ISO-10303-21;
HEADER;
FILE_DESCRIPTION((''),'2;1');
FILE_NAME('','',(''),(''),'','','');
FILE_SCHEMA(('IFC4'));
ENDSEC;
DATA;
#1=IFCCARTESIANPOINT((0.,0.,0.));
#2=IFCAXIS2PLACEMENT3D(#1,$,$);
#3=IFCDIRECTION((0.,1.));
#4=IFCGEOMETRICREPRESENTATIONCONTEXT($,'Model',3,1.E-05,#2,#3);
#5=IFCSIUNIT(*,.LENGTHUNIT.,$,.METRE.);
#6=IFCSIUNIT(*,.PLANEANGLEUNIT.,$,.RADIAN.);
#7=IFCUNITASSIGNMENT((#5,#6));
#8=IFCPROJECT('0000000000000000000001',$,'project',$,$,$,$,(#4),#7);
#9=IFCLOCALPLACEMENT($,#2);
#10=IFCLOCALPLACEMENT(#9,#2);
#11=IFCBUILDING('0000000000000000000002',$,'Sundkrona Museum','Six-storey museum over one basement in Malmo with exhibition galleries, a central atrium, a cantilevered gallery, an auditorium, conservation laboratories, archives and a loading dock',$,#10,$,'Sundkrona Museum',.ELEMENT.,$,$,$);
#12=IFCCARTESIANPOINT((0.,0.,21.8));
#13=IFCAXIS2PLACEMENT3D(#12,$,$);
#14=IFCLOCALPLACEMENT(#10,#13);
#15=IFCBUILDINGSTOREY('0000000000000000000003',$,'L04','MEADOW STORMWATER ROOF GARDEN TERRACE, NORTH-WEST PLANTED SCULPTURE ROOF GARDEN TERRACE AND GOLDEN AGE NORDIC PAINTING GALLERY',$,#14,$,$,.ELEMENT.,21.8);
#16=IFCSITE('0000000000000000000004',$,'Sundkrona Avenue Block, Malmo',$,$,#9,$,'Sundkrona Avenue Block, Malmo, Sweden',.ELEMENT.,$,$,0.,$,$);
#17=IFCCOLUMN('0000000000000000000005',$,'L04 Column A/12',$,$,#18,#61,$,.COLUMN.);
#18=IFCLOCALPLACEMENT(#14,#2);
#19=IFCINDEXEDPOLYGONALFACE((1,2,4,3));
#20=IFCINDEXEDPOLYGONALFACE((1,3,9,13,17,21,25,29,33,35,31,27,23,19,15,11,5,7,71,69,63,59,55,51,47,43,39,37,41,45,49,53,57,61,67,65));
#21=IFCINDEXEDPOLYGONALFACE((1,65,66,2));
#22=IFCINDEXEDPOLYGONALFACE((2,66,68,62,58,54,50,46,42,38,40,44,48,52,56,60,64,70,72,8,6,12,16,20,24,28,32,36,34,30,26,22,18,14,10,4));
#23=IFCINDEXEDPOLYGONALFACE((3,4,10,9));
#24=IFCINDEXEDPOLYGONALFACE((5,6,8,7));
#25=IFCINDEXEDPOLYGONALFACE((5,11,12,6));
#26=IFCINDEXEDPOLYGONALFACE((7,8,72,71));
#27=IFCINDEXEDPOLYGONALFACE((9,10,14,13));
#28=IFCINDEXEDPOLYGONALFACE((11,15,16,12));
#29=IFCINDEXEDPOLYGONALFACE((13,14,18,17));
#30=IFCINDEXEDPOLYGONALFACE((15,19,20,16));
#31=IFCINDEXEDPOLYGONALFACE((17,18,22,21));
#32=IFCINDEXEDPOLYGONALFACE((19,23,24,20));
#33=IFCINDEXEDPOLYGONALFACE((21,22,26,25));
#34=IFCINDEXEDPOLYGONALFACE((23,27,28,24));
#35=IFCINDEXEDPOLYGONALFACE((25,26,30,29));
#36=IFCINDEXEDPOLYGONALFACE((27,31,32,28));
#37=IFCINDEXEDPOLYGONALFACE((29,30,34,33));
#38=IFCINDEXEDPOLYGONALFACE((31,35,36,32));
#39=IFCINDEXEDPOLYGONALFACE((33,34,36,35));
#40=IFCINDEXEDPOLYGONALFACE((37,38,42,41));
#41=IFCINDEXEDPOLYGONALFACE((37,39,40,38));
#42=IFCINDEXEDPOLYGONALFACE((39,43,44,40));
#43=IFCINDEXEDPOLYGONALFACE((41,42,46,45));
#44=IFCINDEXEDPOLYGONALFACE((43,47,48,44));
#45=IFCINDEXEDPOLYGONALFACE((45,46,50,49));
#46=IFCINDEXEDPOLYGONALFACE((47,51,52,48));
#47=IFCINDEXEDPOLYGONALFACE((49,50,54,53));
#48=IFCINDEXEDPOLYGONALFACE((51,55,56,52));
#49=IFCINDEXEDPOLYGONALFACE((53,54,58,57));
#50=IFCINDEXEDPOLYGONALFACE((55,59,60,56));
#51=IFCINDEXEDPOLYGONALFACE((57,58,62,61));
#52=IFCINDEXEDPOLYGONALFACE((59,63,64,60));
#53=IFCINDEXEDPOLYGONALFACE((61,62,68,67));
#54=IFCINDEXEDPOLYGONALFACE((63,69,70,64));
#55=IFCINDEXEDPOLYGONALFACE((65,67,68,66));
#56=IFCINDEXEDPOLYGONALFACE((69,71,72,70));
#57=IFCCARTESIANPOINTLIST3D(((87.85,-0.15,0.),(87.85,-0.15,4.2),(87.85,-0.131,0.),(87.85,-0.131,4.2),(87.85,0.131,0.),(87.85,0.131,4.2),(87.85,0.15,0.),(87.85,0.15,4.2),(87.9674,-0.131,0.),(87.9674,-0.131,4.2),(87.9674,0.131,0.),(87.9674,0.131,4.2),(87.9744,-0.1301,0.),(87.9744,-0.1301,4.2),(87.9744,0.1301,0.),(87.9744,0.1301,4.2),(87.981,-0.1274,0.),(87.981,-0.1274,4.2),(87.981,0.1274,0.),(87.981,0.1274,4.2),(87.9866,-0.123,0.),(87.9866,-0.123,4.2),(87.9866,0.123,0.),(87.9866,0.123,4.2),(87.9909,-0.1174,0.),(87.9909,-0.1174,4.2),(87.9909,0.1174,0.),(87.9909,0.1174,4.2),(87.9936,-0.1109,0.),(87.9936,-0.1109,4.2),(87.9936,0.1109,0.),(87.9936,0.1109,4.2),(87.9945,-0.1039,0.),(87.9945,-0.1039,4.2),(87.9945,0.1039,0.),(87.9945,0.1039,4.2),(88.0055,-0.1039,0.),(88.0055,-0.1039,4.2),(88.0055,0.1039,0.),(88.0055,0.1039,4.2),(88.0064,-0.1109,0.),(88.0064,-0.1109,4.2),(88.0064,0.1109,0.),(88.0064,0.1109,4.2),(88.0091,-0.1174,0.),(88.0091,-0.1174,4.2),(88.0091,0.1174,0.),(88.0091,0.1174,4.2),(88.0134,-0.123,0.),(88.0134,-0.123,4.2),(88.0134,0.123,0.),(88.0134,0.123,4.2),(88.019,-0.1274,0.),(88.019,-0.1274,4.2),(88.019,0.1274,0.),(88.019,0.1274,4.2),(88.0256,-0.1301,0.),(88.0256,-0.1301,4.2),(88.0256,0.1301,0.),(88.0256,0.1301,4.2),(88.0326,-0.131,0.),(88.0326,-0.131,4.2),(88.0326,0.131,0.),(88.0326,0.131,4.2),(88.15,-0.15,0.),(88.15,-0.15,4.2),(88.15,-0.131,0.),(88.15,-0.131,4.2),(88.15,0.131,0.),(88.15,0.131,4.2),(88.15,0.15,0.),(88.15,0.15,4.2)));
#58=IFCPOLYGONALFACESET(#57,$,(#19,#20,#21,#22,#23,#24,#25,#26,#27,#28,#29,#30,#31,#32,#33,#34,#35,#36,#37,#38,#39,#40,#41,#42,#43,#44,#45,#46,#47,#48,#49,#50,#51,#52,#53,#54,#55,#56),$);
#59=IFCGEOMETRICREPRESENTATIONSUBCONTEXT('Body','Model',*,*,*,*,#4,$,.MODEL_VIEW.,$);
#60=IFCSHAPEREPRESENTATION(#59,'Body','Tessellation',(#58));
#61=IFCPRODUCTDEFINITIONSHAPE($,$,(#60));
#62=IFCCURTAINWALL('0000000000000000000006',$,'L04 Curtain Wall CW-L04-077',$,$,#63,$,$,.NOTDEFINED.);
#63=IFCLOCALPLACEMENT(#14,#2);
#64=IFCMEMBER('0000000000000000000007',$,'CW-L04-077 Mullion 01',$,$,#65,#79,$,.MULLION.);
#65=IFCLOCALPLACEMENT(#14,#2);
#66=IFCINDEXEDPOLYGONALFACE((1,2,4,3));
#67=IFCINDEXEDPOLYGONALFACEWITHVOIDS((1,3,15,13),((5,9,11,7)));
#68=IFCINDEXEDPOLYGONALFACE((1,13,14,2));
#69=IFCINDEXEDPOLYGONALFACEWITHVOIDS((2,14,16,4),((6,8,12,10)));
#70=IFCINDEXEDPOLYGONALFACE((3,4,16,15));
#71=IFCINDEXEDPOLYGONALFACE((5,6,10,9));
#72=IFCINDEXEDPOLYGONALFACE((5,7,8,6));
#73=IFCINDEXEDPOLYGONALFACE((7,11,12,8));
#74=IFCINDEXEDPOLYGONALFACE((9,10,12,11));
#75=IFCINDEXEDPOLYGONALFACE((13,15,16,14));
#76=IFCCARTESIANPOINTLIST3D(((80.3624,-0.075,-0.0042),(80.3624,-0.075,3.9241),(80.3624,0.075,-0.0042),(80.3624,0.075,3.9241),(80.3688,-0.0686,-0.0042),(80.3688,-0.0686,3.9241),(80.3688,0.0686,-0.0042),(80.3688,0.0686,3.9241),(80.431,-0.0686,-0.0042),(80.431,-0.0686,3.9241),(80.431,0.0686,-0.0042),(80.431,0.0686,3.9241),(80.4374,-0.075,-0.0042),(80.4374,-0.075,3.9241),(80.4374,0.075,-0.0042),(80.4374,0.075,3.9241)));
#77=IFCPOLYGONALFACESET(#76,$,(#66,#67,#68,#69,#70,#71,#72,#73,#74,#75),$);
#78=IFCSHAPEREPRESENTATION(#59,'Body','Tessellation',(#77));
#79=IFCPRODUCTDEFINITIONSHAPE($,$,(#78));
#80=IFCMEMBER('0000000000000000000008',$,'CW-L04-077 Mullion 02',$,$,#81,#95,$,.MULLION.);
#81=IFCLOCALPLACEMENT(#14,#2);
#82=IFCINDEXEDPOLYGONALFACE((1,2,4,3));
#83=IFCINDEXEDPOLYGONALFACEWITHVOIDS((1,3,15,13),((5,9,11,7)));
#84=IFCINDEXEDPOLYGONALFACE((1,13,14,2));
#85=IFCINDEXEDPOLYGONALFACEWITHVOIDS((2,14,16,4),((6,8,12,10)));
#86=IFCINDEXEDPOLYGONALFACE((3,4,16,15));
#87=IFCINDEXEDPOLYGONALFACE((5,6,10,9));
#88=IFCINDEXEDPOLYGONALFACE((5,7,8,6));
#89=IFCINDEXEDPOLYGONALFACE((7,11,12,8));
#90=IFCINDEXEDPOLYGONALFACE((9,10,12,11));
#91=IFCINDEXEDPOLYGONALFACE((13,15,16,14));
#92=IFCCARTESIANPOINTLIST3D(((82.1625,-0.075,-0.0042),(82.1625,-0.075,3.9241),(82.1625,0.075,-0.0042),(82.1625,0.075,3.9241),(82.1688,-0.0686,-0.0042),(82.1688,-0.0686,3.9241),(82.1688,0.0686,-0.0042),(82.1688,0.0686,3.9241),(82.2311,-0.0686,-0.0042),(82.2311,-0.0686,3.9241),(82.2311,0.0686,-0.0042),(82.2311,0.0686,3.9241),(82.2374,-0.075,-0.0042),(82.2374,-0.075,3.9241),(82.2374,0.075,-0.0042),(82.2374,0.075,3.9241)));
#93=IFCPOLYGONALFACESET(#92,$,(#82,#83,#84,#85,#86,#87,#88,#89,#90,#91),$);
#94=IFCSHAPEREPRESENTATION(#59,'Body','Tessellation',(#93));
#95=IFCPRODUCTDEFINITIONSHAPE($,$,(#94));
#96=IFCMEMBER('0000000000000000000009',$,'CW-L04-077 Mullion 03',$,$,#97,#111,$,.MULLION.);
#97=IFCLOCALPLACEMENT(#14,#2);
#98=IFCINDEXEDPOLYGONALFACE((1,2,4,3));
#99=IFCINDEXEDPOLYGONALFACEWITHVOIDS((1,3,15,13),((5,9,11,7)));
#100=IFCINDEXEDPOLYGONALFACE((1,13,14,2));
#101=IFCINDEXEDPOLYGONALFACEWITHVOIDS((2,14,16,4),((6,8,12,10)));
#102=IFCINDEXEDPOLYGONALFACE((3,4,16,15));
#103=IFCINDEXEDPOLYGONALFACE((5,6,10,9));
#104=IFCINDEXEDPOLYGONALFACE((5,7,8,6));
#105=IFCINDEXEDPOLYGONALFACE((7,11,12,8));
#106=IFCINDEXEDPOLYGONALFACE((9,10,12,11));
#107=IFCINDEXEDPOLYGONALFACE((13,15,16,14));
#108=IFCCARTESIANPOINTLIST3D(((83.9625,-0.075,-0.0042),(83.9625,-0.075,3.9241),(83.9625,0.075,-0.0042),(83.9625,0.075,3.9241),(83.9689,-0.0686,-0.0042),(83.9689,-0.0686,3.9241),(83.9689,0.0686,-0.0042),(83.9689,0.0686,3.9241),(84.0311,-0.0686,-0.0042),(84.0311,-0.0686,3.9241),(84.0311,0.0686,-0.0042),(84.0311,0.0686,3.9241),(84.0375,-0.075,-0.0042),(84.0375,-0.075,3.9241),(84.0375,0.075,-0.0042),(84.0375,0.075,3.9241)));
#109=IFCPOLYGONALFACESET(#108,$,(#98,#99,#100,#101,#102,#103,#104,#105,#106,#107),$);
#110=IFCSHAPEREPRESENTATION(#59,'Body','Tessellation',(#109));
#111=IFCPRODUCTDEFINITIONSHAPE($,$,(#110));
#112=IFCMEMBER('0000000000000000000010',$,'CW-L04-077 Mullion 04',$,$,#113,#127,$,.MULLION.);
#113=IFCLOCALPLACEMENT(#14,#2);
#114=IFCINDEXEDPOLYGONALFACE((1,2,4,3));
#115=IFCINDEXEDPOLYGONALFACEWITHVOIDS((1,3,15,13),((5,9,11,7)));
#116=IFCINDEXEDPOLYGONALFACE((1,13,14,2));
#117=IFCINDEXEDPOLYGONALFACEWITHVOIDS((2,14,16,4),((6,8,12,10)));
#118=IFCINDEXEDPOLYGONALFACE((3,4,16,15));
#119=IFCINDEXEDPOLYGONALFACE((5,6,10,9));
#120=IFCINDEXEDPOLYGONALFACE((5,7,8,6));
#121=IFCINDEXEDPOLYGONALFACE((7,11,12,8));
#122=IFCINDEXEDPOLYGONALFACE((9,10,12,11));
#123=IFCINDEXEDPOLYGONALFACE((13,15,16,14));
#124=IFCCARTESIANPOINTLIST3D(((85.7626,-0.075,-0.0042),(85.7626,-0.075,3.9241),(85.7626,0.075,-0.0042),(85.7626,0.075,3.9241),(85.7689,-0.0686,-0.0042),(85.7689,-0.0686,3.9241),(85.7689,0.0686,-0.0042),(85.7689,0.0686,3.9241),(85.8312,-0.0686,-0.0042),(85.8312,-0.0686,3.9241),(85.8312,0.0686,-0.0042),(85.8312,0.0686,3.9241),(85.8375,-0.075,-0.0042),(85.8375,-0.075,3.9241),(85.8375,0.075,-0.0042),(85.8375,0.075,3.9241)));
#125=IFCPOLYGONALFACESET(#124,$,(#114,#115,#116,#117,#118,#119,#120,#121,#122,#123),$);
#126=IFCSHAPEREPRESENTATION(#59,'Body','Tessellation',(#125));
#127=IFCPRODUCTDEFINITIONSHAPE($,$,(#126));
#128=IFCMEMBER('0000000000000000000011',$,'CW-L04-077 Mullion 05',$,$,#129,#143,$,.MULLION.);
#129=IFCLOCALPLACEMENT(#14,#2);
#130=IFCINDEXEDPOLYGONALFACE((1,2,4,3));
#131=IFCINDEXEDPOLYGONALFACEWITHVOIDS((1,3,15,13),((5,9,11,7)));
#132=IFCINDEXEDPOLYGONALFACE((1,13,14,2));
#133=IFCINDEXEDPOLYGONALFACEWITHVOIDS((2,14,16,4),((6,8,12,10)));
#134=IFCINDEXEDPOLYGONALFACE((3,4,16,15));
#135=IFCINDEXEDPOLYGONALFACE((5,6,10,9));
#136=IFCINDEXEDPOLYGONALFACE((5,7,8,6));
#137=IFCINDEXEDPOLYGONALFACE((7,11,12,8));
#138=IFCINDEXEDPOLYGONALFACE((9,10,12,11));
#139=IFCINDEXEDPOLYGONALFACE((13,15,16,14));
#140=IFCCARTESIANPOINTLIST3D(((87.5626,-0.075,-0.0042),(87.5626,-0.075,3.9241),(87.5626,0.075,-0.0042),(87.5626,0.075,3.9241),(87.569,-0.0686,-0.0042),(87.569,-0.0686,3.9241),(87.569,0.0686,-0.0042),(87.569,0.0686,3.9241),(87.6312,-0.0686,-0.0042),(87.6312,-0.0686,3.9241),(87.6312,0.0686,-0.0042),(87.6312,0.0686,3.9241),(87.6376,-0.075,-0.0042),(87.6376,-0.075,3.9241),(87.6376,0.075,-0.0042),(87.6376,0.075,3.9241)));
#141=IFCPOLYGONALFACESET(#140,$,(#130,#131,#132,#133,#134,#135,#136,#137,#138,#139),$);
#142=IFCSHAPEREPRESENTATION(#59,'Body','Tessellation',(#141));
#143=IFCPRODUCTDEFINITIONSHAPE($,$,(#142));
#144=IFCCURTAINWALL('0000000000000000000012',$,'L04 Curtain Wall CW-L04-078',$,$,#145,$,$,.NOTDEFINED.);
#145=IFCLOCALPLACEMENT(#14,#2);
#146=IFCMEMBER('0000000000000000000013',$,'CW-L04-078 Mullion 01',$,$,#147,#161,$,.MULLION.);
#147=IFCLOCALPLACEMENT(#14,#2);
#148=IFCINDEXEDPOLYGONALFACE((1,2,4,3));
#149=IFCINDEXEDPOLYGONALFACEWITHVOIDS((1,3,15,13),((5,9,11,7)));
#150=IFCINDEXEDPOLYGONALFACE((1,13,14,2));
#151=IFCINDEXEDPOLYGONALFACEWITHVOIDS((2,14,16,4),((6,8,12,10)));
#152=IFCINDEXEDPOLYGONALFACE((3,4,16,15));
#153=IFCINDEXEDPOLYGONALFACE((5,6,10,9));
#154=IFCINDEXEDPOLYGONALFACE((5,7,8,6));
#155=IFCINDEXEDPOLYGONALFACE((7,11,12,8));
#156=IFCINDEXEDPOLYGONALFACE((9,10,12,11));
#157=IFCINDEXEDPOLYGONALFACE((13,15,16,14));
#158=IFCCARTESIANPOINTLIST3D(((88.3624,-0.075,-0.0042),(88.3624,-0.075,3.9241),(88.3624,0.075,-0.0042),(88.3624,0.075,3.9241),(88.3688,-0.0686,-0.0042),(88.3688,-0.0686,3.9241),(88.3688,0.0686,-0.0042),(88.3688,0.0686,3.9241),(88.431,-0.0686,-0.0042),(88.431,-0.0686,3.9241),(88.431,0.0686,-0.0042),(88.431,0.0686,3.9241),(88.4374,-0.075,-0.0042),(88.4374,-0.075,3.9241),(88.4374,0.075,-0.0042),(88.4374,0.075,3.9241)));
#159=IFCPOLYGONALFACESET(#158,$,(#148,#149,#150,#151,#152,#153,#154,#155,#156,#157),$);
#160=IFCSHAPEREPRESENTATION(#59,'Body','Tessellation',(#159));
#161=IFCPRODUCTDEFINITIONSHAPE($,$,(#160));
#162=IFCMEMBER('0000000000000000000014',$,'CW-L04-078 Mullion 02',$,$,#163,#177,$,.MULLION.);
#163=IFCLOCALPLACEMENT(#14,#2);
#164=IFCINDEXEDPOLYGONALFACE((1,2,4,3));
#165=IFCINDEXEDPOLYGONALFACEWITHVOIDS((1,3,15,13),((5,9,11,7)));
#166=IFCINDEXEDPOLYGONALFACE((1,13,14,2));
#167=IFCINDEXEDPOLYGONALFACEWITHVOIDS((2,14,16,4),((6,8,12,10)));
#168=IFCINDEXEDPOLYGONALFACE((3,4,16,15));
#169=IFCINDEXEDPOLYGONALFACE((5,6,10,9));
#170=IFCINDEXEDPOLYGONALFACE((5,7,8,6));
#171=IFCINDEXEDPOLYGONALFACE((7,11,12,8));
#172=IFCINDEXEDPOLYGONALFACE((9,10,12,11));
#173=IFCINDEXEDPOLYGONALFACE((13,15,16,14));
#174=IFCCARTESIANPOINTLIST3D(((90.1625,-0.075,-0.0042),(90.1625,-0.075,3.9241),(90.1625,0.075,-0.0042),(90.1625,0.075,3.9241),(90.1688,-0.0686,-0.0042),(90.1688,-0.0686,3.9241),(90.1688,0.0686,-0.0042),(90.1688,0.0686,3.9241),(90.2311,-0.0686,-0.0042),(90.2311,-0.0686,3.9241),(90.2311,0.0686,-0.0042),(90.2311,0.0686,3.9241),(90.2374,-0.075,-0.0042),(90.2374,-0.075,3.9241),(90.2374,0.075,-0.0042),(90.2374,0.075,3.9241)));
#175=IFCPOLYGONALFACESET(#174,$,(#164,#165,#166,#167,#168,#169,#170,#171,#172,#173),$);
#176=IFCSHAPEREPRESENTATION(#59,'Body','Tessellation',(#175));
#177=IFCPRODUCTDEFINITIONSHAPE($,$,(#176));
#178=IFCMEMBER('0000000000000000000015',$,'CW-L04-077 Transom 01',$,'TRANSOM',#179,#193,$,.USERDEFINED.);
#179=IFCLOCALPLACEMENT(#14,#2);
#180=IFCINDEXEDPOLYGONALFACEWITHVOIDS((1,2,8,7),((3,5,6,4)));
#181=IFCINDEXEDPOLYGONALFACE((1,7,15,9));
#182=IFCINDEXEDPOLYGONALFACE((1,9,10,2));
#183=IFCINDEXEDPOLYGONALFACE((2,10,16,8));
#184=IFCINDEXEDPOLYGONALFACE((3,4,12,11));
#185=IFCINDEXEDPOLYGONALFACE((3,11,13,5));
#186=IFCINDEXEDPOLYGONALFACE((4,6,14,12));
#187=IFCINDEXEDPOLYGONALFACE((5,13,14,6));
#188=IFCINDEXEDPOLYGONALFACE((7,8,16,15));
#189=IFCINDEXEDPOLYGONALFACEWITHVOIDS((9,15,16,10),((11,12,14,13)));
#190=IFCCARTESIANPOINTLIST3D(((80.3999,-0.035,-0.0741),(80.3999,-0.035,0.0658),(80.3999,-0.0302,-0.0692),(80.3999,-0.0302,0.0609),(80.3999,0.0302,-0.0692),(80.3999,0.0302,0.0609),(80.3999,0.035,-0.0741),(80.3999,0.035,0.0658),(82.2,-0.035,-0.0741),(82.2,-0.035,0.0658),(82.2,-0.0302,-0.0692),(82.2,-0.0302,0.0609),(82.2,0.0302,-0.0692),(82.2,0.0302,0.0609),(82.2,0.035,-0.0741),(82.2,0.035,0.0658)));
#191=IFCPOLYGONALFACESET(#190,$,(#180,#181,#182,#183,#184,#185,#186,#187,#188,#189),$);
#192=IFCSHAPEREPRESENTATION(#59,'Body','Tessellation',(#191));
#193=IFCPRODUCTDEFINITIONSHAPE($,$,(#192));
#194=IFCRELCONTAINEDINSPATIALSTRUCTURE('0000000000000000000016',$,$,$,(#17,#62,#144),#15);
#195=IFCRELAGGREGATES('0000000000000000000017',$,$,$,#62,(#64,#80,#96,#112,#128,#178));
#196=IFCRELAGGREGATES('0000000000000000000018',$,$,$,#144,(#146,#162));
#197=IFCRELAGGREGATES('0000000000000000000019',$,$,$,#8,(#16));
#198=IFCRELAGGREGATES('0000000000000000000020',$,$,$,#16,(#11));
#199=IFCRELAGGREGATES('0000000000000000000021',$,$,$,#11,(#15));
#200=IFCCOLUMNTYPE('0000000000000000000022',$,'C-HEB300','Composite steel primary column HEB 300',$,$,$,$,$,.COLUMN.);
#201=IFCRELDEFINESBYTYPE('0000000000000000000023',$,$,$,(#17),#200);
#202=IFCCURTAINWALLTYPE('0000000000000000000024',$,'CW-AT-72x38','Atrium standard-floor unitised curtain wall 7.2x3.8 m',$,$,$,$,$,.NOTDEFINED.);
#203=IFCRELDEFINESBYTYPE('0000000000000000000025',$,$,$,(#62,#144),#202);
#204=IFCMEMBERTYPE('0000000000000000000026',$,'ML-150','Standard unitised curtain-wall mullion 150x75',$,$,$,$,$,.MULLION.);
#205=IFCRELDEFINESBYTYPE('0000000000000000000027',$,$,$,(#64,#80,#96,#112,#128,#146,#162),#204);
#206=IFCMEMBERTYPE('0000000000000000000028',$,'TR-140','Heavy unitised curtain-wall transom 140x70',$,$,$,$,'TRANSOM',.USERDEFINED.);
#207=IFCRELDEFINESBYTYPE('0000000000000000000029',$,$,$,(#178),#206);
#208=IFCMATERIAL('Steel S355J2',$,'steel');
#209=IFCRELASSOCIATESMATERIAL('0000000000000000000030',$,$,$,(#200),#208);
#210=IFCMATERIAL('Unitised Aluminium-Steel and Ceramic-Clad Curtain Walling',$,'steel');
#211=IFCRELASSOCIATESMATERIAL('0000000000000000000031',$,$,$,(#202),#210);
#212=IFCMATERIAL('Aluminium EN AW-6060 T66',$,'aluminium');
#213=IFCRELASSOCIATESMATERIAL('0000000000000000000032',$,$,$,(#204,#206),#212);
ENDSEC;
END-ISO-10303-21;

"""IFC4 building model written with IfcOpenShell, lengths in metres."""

from ifc_helpers import new_model, si_unit, direction, frame, origin, origin_2d, place, context, subcontext, project, spatial, hollow_rectangle, i_section, extrude, material, material_profile, profile_set, type_object, element, aggregate, save


model = new_model("IFC4")

# Units and contexts
model_context = context("Model", 3, precision=1e-05, world=origin(), true_north=direction((0.0, 1.0)))
body_context = subcontext(model_context, "Body", "Model", "MODEL_VIEW")
ifc_project = project(units=[si_unit("LENGTHUNIT", "METRE"), si_unit("PLANEANGLEUNIT", "RADIAN")], contexts=[model_context])

# Site, building, storey
site_placement = place(None, origin())
site = spatial("IfcSite", under=ifc_project, at=site_placement, Name="Sundkrona Avenue Block, Malmo", LongName="Sundkrona Avenue Block, Malmo, Sweden", CompositionType="ELEMENT", RefElevation=0.0)
building_placement = place(site_placement, origin())
building = spatial("IfcBuilding", under=site, at=building_placement, Name="Sundkrona Museum", Description="Six-storey museum over one basement in Malmo with exhibition galleries, a central atrium, a cantilevered gallery, an auditorium, conservation laboratories, archives and a loading dock", LongName="Sundkrona Museum", CompositionType="ELEMENT")
storey_placement = place(building_placement, frame((0.0, 0.0, 21.8)))
storey = spatial("IfcBuildingStorey", under=building, at=storey_placement, Name="L04", Description="MEADOW STORMWATER ROOF GARDEN TERRACE, NORTH-WEST PLANTED SCULPTURE ROOF GARDEN TERRACE AND GOLDEN AGE NORDIC PAINTING GALLERY", CompositionType="ELEMENT", Elevation=21.8)

# Column
ifc_material_1 = material(Name="Steel S355J2", Category="steel")
ifc_material_profile_1 = material_profile(ifc_material_1, i_section(OverallWidth=0.3, OverallDepth=0.3, WebThickness=0.011, FlangeThickness=0.019, FilletRadius=0.0271, at=origin_2d()), Name="HEB 300")
ifc_profile_set_1 = profile_set([ifc_material_profile_1], Name="Steel S355J2")
column_type = type_object("IfcColumnType", Name="C-HEB300", Description="Composite steel primary column HEB 300", PredefinedType="COLUMN", material=ifc_profile_set_1)
column_placement = place(storey_placement, frame((88.0, 0.0, 0.0), z_axis=(0.0, 0.0, 1.0), x_axis=(1.0, 0.0, 0.0)))
element("IfcColumn", 1, at=column_placement, inside=storey, type_object=column_type, Name="L04 Column A/12", PredefinedType="COLUMN", context=body_context, shape_type="SweptSolid", body=[
    extrude(i_section(OverallWidth=0.3, OverallDepth=0.3, WebThickness=0.011, FlangeThickness=0.019, FilletRadius=0.0271, at=origin_2d()), origin(), (0.0, 0.0, 1.0), 4.2),
])

# Curtain walls, members
ifc_material_2 = material(Name="Unitised Aluminium-Steel and Ceramic-Clad Curtain Walling", Category="steel")
curtain_wall_type = type_object("IfcCurtainWallType", Name="CW-AT-72x38", Description="Atrium standard-floor unitised curtain wall 7.2x3.8 m", PredefinedType="NOTDEFINED", material=ifc_material_2)
curtain_wall_1_placement = place(storey_placement, origin())
curtain_wall_1 = element("IfcCurtainWall", 2, at=curtain_wall_1_placement, inside=storey, type_object=curtain_wall_type, Name="L04 Curtain Wall CW-L04-077", PredefinedType="NOTDEFINED")
ifc_material_3 = material(Name="Aluminium EN AW-6060 T66", Category="aluminium")
ifc_material_profile_2 = material_profile(ifc_material_3, hollow_rectangle(XDim=0.075, YDim=0.1499, WallThickness=0.0063, at=origin_2d()), Name="RHS 150x75x6.3")
ifc_profile_set_2 = profile_set([ifc_material_profile_2], Name="Aluminium EN AW-6060 T66")
member_type_1 = type_object("IfcMemberType", Name="ML-150", Description="Standard unitised curtain-wall mullion 150x75", PredefinedType="MULLION", material=ifc_profile_set_2)
member_1_placement = place(storey_placement, frame((80.3999, 0.0, -0.0042), z_axis=(0.0, 0.0, 1.0), x_axis=(1.0, 0.0, 0.0)))
member_1 = element("IfcMember", 3, at=member_1_placement, type_object=member_type_1, Name="CW-L04-077 Mullion 01", PredefinedType="MULLION", context=body_context, shape_type="SweptSolid", body=[
    extrude(hollow_rectangle(XDim=0.075, YDim=0.1499, WallThickness=0.0063, at=origin_2d()), origin(), (0.0, 0.0, 1.0), 3.9282),
])
member_2_placement = place(storey_placement, frame((82.2, 0.0, -0.0042), z_axis=(0.0, 0.0, 1.0), x_axis=(1.0, 0.0, 0.0)))
member_2 = element("IfcMember", 4, at=member_2_placement, type_object=member_type_1, Name="CW-L04-077 Mullion 02", PredefinedType="MULLION", context=body_context, shape_type="SweptSolid", body=[
    extrude(hollow_rectangle(XDim=0.075, YDim=0.1499, WallThickness=0.0063, at=origin_2d()), origin(), (0.0, 0.0, 1.0), 3.9282),
])
member_3_placement = place(storey_placement, frame((84.0, 0.0, -0.0042), z_axis=(0.0, 0.0, 1.0), x_axis=(1.0, 0.0, 0.0)))
member_3 = element("IfcMember", 5, at=member_3_placement, type_object=member_type_1, Name="CW-L04-077 Mullion 03", PredefinedType="MULLION", context=body_context, shape_type="SweptSolid", body=[
    extrude(hollow_rectangle(XDim=0.075, YDim=0.1499, WallThickness=0.0063, at=origin_2d()), origin(), (0.0, 0.0, 1.0), 3.9282),
])
member_4_placement = place(storey_placement, frame((85.8, 0.0, -0.0042), z_axis=(0.0, 0.0, 1.0), x_axis=(1.0, 0.0, 0.0)))
member_4 = element("IfcMember", 6, at=member_4_placement, type_object=member_type_1, Name="CW-L04-077 Mullion 04", PredefinedType="MULLION", context=body_context, shape_type="SweptSolid", body=[
    extrude(hollow_rectangle(XDim=0.075, YDim=0.1499, WallThickness=0.0063, at=origin_2d()), origin(), (0.0, 0.0, 1.0), 3.9282),
])
member_5_placement = place(storey_placement, frame((87.6001, 0.0, -0.0042), z_axis=(0.0, 0.0, 1.0), x_axis=(1.0, 0.0, 0.0)))
member_5 = element("IfcMember", 7, at=member_5_placement, type_object=member_type_1, Name="CW-L04-077 Mullion 05", PredefinedType="MULLION", context=body_context, shape_type="SweptSolid", body=[
    extrude(hollow_rectangle(XDim=0.075, YDim=0.1499, WallThickness=0.0063, at=origin_2d()), origin(), (0.0, 0.0, 1.0), 3.9282),
])
curtain_wall_2_placement = place(storey_placement, origin())
curtain_wall_2 = element("IfcCurtainWall", 8, at=curtain_wall_2_placement, inside=storey, type_object=curtain_wall_type, Name="L04 Curtain Wall CW-L04-078", PredefinedType="NOTDEFINED")
member_6_placement = place(storey_placement, frame((88.3999, 0.0, -0.0042), z_axis=(0.0, 0.0, 1.0), x_axis=(1.0, 0.0, 0.0)))
member_6 = element("IfcMember", 9, at=member_6_placement, type_object=member_type_1, Name="CW-L04-078 Mullion 01", PredefinedType="MULLION", context=body_context, shape_type="SweptSolid", body=[
    extrude(hollow_rectangle(XDim=0.075, YDim=0.1499, WallThickness=0.0063, at=origin_2d()), origin(), (0.0, 0.0, 1.0), 3.9282),
])
member_7_placement = place(storey_placement, frame((90.2, 0.0, -0.0042), z_axis=(0.0, 0.0, 1.0), x_axis=(1.0, 0.0, 0.0)))
member_7 = element("IfcMember", 10, at=member_7_placement, type_object=member_type_1, Name="CW-L04-078 Mullion 02", PredefinedType="MULLION", context=body_context, shape_type="SweptSolid", body=[
    extrude(hollow_rectangle(XDim=0.075, YDim=0.1499, WallThickness=0.0063, at=origin_2d()), origin(), (0.0, 0.0, 1.0), 3.9282),
])

# Member
ifc_material_profile_3 = material_profile(ifc_material_3, hollow_rectangle(XDim=0.0701, YDim=0.1399, WallThickness=0.0049, at=origin_2d()), Name="RHS 140x70x5.0")
ifc_profile_set_3 = profile_set([ifc_material_profile_3], Name="Aluminium EN AW-6060 T66")
member_type_2 = type_object("IfcMemberType", Name="TR-140", Description="Heavy unitised curtain-wall transom 140x70", ElementType="TRANSOM", PredefinedType="USERDEFINED", material=ifc_profile_set_3)
member_8_placement = place(storey_placement, frame((80.3999, 0.0, -0.0042), z_axis=(1.0, 0.0, 0.0), x_axis=(0.0, 1.0, 0.0)))
member_8 = element("IfcMember", 11, at=member_8_placement, type_object=member_type_2, Name="CW-L04-077 Transom 01", ObjectType="TRANSOM", PredefinedType="USERDEFINED", context=body_context, shape_type="SweptSolid", body=[
    extrude(hollow_rectangle(XDim=0.0701, YDim=0.1399, WallThickness=0.0049, at=origin_2d()), origin(), (0.0, 0.0, 1.0), 1.8),
])

aggregate(curtain_wall_1, [member_1, member_2, member_3, member_4, member_5, member_8])
aggregate(curtain_wall_2, [member_6, member_7])

save(model, "model.ifc")
